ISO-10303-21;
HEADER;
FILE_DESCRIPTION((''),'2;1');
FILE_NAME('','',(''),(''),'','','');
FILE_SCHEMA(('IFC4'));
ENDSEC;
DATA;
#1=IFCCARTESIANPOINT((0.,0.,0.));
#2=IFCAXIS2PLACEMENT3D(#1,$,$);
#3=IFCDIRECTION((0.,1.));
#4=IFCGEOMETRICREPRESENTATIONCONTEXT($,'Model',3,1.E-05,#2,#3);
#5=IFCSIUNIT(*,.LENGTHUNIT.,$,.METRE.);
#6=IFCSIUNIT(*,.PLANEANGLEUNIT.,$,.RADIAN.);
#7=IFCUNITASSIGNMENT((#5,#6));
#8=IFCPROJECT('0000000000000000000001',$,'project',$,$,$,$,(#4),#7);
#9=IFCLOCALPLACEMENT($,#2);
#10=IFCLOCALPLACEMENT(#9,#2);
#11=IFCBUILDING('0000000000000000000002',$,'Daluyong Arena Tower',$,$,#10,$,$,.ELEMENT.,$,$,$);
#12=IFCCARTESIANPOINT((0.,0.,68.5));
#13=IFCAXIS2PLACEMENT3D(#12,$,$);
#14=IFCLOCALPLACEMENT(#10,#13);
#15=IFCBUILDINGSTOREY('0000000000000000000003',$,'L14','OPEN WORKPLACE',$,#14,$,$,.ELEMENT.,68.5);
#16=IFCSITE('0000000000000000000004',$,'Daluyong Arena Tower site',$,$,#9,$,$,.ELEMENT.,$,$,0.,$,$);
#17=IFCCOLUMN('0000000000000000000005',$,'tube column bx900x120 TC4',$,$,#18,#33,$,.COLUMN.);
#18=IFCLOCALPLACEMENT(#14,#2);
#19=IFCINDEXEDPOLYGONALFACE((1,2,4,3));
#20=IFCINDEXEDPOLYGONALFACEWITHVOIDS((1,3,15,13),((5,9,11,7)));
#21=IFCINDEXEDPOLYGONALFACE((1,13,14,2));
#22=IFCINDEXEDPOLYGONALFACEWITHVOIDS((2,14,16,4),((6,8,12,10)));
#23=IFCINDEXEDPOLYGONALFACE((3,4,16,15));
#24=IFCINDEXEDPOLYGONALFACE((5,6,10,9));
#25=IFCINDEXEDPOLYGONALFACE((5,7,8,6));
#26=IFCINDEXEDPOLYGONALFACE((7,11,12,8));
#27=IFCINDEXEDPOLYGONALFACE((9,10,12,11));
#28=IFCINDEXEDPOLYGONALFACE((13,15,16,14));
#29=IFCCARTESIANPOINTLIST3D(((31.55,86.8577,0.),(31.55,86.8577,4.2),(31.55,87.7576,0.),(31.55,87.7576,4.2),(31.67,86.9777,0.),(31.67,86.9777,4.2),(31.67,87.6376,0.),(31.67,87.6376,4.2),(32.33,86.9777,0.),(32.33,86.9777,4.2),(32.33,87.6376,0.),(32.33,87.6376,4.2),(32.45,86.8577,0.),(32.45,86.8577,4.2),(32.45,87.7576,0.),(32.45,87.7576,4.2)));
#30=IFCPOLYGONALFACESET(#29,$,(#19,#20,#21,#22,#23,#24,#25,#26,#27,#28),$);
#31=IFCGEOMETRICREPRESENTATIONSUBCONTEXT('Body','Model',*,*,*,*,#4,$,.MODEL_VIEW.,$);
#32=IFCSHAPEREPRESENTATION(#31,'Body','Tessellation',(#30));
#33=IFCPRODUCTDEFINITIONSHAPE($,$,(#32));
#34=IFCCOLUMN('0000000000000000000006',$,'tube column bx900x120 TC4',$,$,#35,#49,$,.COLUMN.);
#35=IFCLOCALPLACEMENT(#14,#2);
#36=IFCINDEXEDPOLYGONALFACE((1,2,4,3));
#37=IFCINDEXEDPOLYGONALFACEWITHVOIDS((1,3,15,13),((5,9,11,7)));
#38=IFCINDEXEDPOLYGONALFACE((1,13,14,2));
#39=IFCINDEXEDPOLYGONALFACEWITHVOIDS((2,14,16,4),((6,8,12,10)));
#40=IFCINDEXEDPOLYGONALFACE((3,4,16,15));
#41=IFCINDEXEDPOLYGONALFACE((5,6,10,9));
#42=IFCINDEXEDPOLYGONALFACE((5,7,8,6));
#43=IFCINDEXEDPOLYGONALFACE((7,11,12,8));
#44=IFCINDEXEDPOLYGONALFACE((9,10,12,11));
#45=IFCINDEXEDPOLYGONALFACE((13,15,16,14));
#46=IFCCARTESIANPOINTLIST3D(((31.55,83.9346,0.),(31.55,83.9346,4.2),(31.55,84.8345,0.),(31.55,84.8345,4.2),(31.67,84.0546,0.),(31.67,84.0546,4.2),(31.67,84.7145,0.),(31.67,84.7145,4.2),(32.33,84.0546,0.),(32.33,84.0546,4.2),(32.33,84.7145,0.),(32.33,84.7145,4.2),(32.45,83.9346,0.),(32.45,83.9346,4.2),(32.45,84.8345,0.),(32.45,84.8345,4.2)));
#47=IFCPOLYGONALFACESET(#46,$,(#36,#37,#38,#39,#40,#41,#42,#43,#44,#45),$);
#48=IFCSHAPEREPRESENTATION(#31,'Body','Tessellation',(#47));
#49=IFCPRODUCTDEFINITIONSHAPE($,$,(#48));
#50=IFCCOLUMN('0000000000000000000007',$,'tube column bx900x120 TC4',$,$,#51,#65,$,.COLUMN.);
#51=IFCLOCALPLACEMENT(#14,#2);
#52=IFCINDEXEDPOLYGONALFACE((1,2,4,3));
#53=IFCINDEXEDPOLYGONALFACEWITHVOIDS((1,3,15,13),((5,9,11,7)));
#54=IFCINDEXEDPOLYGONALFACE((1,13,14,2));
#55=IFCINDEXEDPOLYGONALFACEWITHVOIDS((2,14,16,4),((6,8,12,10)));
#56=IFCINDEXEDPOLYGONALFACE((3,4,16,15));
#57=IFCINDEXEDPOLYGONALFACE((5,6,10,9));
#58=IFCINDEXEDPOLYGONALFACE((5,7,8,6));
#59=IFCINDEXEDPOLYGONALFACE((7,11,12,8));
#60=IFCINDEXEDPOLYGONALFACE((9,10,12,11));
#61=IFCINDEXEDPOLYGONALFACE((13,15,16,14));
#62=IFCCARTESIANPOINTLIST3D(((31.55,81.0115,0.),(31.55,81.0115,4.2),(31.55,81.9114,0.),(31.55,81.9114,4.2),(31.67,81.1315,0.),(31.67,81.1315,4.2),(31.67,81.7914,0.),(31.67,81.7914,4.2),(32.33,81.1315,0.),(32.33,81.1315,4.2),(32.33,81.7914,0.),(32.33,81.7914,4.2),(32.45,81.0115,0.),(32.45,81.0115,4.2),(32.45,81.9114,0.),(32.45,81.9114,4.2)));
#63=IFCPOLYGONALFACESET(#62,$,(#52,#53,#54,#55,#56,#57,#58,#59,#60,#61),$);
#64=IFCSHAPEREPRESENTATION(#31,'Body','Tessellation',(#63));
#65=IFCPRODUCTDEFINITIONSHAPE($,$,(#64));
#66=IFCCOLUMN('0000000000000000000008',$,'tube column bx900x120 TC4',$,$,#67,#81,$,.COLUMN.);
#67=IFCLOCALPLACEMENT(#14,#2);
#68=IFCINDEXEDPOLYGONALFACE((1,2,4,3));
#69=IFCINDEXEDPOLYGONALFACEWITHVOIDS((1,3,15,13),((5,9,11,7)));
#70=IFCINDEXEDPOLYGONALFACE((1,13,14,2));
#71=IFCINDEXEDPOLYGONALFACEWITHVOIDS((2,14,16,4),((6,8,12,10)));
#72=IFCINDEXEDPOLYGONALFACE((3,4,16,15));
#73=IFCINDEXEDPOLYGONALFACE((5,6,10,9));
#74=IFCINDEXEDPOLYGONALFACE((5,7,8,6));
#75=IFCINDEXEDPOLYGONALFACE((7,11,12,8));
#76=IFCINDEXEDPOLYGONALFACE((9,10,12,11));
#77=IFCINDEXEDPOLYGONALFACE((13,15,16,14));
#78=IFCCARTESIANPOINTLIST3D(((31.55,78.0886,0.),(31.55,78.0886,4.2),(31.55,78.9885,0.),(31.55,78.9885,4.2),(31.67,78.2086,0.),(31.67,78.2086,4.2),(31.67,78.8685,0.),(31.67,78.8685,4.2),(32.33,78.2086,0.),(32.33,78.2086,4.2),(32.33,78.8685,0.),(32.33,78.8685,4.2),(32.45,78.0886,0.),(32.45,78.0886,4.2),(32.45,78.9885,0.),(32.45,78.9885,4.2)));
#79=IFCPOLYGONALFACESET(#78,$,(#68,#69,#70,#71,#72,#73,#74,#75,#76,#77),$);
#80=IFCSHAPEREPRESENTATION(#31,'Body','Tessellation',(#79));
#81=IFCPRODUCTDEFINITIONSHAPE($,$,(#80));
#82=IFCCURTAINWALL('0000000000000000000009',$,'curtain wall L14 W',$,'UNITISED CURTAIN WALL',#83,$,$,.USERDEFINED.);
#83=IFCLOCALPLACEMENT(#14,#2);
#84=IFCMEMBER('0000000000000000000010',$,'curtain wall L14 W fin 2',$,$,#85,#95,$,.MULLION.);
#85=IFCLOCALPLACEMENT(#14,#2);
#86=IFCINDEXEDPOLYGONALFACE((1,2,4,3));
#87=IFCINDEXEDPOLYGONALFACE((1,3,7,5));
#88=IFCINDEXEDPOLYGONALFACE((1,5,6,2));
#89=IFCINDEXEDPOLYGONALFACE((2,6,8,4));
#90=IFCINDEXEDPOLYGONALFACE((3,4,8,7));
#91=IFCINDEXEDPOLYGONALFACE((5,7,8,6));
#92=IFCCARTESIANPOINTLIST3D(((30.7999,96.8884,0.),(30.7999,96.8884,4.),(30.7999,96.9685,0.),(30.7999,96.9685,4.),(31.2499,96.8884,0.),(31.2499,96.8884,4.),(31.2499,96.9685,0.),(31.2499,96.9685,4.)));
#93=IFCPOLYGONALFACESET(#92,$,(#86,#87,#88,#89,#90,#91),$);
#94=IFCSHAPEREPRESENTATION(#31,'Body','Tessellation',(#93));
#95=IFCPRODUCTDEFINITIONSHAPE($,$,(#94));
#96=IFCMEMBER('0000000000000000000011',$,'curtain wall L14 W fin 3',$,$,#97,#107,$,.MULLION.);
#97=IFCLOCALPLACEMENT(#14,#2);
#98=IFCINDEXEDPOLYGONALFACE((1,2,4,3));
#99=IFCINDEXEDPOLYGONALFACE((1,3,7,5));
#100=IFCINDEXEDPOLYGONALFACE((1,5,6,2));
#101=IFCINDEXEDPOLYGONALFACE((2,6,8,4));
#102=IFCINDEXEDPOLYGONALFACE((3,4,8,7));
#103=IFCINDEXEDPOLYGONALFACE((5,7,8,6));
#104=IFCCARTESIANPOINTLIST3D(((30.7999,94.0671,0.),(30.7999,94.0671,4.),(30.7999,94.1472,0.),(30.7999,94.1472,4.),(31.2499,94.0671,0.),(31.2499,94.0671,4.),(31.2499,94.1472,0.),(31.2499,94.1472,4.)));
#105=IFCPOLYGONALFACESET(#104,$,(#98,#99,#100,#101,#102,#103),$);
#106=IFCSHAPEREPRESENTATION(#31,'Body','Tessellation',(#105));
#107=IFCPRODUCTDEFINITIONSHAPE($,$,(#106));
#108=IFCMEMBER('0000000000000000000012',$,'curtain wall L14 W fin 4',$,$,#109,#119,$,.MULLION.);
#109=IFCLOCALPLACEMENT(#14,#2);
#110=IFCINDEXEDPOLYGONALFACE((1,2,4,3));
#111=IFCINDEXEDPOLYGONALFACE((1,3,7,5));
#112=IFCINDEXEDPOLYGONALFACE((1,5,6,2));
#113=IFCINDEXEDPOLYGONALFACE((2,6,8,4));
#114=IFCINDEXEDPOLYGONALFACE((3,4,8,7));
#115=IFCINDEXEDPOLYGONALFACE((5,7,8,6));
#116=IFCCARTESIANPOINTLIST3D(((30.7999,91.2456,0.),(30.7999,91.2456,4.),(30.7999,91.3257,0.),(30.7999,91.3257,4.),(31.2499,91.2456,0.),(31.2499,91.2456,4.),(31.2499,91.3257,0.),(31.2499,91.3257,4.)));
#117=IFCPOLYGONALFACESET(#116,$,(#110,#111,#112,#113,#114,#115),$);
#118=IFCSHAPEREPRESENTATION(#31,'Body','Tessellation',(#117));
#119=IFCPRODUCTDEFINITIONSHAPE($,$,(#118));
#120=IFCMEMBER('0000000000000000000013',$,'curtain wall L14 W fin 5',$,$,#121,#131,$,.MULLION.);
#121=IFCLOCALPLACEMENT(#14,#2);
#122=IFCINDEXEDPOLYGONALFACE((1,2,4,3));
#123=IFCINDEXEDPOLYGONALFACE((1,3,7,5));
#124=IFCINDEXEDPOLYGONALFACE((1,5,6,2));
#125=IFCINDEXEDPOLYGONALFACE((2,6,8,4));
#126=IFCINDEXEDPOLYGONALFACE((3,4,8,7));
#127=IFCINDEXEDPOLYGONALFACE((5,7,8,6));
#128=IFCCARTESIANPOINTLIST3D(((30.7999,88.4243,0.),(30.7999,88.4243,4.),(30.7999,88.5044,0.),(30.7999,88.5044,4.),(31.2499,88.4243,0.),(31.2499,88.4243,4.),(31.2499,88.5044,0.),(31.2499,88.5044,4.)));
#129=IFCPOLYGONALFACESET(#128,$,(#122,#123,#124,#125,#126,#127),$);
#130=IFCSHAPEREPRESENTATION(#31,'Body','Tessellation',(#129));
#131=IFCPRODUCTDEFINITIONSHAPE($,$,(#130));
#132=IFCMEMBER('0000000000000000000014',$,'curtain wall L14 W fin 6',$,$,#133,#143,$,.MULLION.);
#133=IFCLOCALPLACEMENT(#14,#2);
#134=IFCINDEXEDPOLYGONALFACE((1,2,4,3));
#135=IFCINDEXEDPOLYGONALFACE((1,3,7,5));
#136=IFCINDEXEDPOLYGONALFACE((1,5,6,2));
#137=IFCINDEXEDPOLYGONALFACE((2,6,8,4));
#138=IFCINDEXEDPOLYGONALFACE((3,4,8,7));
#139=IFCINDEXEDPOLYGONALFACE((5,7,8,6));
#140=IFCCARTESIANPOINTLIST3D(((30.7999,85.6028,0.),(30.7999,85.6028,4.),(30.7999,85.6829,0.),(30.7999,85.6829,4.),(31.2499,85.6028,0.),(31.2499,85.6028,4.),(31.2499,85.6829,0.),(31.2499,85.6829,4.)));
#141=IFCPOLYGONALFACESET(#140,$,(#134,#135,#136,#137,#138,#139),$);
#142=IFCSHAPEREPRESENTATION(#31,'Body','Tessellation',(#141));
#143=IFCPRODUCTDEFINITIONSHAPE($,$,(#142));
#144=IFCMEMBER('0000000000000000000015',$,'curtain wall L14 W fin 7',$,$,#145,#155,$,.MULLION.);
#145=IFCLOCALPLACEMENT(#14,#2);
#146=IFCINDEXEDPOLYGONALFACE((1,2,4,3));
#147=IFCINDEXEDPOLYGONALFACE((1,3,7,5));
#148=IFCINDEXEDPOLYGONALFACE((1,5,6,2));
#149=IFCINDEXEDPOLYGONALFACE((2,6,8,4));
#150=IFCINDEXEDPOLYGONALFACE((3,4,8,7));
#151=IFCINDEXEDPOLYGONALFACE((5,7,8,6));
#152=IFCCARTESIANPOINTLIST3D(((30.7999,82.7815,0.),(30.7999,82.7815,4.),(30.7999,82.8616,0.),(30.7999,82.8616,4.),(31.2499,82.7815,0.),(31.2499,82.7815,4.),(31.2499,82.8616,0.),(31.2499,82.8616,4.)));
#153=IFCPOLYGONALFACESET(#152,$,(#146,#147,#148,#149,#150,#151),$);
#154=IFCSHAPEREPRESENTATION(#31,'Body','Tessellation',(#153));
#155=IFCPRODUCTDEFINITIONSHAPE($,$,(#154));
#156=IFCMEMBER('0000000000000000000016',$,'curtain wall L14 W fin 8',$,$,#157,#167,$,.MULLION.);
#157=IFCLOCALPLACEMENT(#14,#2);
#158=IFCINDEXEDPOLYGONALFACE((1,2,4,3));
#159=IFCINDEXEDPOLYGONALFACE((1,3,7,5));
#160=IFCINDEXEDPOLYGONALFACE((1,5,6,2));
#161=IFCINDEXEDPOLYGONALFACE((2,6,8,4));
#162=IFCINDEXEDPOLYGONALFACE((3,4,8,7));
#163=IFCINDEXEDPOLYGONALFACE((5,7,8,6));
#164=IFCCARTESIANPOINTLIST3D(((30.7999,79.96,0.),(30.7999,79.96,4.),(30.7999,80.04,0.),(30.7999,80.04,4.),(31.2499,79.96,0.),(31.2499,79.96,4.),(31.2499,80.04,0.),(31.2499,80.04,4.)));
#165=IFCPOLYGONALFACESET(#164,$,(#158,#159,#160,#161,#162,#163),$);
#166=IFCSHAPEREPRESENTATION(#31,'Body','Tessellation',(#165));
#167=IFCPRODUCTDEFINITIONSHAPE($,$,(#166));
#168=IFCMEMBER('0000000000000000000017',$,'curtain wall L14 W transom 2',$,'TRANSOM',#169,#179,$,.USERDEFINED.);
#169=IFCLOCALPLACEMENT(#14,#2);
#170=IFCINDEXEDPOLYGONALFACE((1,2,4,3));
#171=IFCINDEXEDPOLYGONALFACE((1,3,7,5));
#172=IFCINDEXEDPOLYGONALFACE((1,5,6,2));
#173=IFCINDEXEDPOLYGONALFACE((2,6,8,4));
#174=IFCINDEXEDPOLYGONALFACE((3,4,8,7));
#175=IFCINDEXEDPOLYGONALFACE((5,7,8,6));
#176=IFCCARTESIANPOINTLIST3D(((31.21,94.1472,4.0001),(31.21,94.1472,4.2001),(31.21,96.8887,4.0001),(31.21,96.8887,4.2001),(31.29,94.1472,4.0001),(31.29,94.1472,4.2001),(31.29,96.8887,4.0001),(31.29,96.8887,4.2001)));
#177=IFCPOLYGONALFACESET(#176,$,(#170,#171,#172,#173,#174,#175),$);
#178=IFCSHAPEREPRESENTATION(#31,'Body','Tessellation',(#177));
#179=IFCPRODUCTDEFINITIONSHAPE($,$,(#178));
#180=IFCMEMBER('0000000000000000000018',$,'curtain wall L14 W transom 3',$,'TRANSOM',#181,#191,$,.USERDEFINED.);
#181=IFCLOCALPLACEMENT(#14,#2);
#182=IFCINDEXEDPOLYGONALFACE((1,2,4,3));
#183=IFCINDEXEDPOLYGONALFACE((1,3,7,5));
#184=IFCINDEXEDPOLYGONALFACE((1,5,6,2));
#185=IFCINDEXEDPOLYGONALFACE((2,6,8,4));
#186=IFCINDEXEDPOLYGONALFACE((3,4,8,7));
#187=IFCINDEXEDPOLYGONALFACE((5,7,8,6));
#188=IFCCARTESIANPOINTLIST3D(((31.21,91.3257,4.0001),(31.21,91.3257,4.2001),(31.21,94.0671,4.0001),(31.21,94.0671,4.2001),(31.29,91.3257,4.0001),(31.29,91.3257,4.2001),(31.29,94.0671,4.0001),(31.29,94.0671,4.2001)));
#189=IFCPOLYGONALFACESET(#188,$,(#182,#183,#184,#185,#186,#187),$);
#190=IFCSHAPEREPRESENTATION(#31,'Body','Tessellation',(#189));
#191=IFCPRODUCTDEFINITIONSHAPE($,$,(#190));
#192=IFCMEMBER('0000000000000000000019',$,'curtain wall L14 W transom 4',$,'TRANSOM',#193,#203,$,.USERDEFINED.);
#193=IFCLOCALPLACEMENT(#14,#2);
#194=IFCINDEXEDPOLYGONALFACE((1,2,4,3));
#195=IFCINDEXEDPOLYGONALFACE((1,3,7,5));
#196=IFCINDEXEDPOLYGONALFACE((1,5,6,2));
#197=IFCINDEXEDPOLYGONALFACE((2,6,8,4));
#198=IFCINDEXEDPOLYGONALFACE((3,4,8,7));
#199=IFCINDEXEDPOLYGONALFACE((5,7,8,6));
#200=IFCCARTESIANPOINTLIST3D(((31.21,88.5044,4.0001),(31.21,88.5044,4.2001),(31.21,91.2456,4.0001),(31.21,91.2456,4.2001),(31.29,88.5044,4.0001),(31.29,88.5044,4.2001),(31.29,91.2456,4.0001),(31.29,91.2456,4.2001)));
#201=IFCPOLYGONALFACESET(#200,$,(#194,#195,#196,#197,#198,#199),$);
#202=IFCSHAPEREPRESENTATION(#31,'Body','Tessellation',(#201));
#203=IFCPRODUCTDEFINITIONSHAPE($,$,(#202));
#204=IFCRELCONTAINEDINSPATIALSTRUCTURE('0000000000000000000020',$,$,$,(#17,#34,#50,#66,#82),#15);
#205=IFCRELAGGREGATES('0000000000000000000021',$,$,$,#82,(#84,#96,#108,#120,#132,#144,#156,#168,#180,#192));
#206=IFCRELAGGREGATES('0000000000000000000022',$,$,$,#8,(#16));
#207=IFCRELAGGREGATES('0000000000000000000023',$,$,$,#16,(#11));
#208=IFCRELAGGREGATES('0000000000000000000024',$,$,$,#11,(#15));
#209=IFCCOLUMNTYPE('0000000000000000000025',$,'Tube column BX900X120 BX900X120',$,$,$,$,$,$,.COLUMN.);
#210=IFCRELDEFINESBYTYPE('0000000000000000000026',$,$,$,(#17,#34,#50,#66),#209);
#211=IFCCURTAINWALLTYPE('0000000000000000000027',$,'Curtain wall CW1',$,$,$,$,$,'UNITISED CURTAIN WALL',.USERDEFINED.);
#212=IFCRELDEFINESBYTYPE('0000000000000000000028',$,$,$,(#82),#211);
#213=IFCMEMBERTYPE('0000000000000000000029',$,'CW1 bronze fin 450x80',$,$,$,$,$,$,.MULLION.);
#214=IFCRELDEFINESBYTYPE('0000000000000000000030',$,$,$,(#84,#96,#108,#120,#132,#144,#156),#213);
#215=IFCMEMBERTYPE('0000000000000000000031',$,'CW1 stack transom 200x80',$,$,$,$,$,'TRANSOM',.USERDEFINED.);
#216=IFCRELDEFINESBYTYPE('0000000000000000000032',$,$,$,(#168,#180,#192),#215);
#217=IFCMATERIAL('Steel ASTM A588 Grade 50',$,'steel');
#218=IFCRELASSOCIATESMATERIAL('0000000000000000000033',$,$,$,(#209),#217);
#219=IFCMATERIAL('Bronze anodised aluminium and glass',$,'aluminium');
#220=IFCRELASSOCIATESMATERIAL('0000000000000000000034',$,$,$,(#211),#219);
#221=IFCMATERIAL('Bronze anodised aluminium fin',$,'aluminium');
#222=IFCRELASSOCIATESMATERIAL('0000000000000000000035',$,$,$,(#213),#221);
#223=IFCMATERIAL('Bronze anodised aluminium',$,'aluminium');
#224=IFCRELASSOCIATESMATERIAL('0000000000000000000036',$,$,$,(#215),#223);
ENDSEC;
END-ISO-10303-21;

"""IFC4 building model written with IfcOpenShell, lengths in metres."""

from ifc_helpers import new_model, si_unit, direction, frame, origin, origin_2d, place, context, subcontext, project, spatial, rectangle, hollow_rectangle, extrude, material, material_profile, profile_set, type_object, element, aggregate, save


model = new_model("IFC4")

# Units and contexts
model_context = context("Model", 3, precision=1e-05, world=origin(), true_north=direction((0.0, 1.0)))
body_context = subcontext(model_context, "Body", "Model", "MODEL_VIEW")
ifc_project = project(units=[si_unit("LENGTHUNIT", "METRE"), si_unit("PLANEANGLEUNIT", "RADIAN")], contexts=[model_context])

# Site, building, storey
site_placement = place(None, origin())
site = spatial("IfcSite", under=ifc_project, at=site_placement, Name="Daluyong Arena Tower site", CompositionType="ELEMENT", RefElevation=0.0)
building_placement = place(site_placement, origin())
building = spatial("IfcBuilding", under=site, at=building_placement, Name="Daluyong Arena Tower", CompositionType="ELEMENT")
storey_placement = place(building_placement, frame((0.0, 0.0, 68.5)))
storey = spatial("IfcBuildingStorey", under=building, at=storey_placement, Name="L14", Description="OPEN WORKPLACE", CompositionType="ELEMENT", Elevation=68.5)

# Columns
ifc_material_1 = material(Name="Steel ASTM A588 Grade 50", Category="steel")
ifc_material_profile_1 = material_profile(ifc_material_1, hollow_rectangle(XDim=0.8999, YDim=0.8999, WallThickness=0.12, at=origin_2d()))
ifc_profile_set_1 = profile_set([ifc_material_profile_1], Name="Steel ASTM A588 Grade 50")
column_type = type_object("IfcColumnType", Name="Tube column BX900X120 BX900X120", PredefinedType="COLUMN", material=ifc_profile_set_1)
for number, where, z_axis, x_axis, name in (
    (1, (32.0, 87.3076, 0.0), (0.0, 0.0, 1.0), (0.0, 1.0, 0.0), "tube column bx900x120 TC4"),
    (2, (32.0, 84.3845, 0.0), (0.0, 0.0, 1.0), (0.0, 1.0, 0.0), "tube column bx900x120 TC4"),
    (3, (32.0, 81.4614, 0.0), (0.0, 0.0, 1.0), (0.0, 1.0, 0.0), "tube column bx900x120 TC4"),
    (4, (32.0, 78.5386, 0.0), (0.0, 0.0, 1.0), (0.0, 1.0, 0.0), "tube column bx900x120 TC4"),
):
    element("IfcColumn", number, at=place(storey_placement, frame(where, z_axis=z_axis, x_axis=x_axis)), inside=storey, type_object=column_type, Name=name, PredefinedType="COLUMN", context=body_context, shape_type="SweptSolid", body=[
        extrude(hollow_rectangle(XDim=0.8999, YDim=0.8999, WallThickness=0.12, at=origin_2d()), origin(), (0.0, 0.0, 1.0), 4.2),
    ])

# Curtain wall, members
ifc_material_2 = material(Name="Bronze anodised aluminium and glass", Category="aluminium")
curtain_wall_type = type_object("IfcCurtainWallType", Name="Curtain wall CW1", ElementType="UNITISED CURTAIN WALL", PredefinedType="USERDEFINED", material=ifc_material_2)
curtain_wall_placement = place(storey_placement, origin())
curtain_wall = element("IfcCurtainWall", 5, at=curtain_wall_placement, inside=storey, type_object=curtain_wall_type, Name="curtain wall L14 W", ObjectType="UNITISED CURTAIN WALL", PredefinedType="USERDEFINED")
ifc_material_3 = material(Name="Bronze anodised aluminium fin", Category="aluminium")
ifc_material_profile_2 = material_profile(ifc_material_3, rectangle(XDim=0.45, YDim=0.0801, at=origin_2d()))
ifc_profile_set_2 = profile_set([ifc_material_profile_2], Name="Bronze anodised aluminium fin")
member_type_1 = type_object("IfcMemberType", Name="CW1 bronze fin 450x80", PredefinedType="MULLION", material=ifc_profile_set_2)
member_1_placement = place(storey_placement, frame((31.0249, 96.9285, 0.0), z_axis=(0.0, 0.0, 1.0), x_axis=(1.0, 0.0, 0.0)))
member_1 = element("IfcMember", 6, at=member_1_placement, type_object=member_type_1, Name="curtain wall L14 W fin 2", PredefinedType="MULLION", context=body_context, shape_type="SweptSolid", body=[
    extrude(rectangle(XDim=0.45, YDim=0.0801, at=origin_2d()), origin(), (0.0, 0.0, 1.0), 4.0),
])
member_2_placement = place(storey_placement, frame((31.0249, 94.1072, 0.0), z_axis=(0.0, 0.0, 1.0), x_axis=(1.0, 0.0, 0.0)))
member_2 = element("IfcMember", 7, at=member_2_placement, type_object=member_type_1, Name="curtain wall L14 W fin 3", PredefinedType="MULLION", context=body_context, shape_type="SweptSolid", body=[
    extrude(rectangle(XDim=0.45, YDim=0.0801, at=origin_2d()), origin(), (0.0, 0.0, 1.0), 4.0),
])
member_3_placement = place(storey_placement, frame((31.0249, 91.2856, 0.0), z_axis=(0.0, 0.0, 1.0), x_axis=(1.0, 0.0, 0.0)))
member_3 = element("IfcMember", 8, at=member_3_placement, type_object=member_type_1, Name="curtain wall L14 W fin 4", PredefinedType="MULLION", context=body_context, shape_type="SweptSolid", body=[
    extrude(rectangle(XDim=0.45, YDim=0.0801, at=origin_2d()), origin(), (0.0, 0.0, 1.0), 4.0),
])
member_4_placement = place(storey_placement, frame((31.0249, 88.4644, 0.0), z_axis=(0.0, 0.0, 1.0), x_axis=(1.0, 0.0, 0.0)))
member_4 = element("IfcMember", 9, at=member_4_placement, type_object=member_type_1, Name="curtain wall L14 W fin 5", PredefinedType="MULLION", context=body_context, shape_type="SweptSolid", body=[
    extrude(rectangle(XDim=0.45, YDim=0.0801, at=origin_2d()), origin(), (0.0, 0.0, 1.0), 4.0),
])
member_5_placement = place(storey_placement, frame((31.0249, 85.6428, 0.0), z_axis=(0.0, 0.0, 1.0), x_axis=(1.0, 0.0, 0.0)))
member_5 = element("IfcMember", 10, at=member_5_placement, type_object=member_type_1, Name="curtain wall L14 W fin 6", PredefinedType="MULLION", context=body_context, shape_type="SweptSolid", body=[
    extrude(rectangle(XDim=0.45, YDim=0.0801, at=origin_2d()), origin(), (0.0, 0.0, 1.0), 4.0),
])
member_6_placement = place(storey_placement, frame((31.0249, 82.8215, 0.0), z_axis=(0.0, 0.0, 1.0), x_axis=(1.0, 0.0, 0.0)))
member_6 = element("IfcMember", 11, at=member_6_placement, type_object=member_type_1, Name="curtain wall L14 W fin 7", PredefinedType="MULLION", context=body_context, shape_type="SweptSolid", body=[
    extrude(rectangle(XDim=0.45, YDim=0.0801, at=origin_2d()), origin(), (0.0, 0.0, 1.0), 4.0),
])
member_7_placement = place(storey_placement, frame((31.0249, 80.0, 0.0), z_axis=(0.0, 0.0, 1.0), x_axis=(1.0, 0.0, 0.0)))
member_7 = element("IfcMember", 12, at=member_7_placement, type_object=member_type_1, Name="curtain wall L14 W fin 8", PredefinedType="MULLION", context=body_context, shape_type="SweptSolid", body=[
    extrude(rectangle(XDim=0.45, YDim=0.0801, at=origin_2d()), origin(), (0.0, 0.0, 1.0), 4.0),
])
ifc_material_4 = material(Name="Bronze anodised aluminium", Category="aluminium")
ifc_material_profile_3 = material_profile(ifc_material_4, rectangle(XDim=0.0801, YDim=0.2, at=origin_2d()))
ifc_profile_set_3 = profile_set([ifc_material_profile_3], Name="Bronze anodised aluminium")
member_type_2 = type_object("IfcMemberType", Name="CW1 stack transom 200x80", ElementType="TRANSOM", PredefinedType="USERDEFINED", material=ifc_profile_set_3)
member_8_placement = place(storey_placement, frame((31.25, 96.8887, 4.1001), z_axis=(0.0, -1.0, 0.0), x_axis=(1.0, 0.0, 0.0)))
member_8 = element("IfcMember", 13, at=member_8_placement, type_object=member_type_2, Name="curtain wall L14 W transom 2", ObjectType="TRANSOM", PredefinedType="USERDEFINED", context=body_context, shape_type="SweptSolid", body=[
    extrude(rectangle(XDim=0.0801, YDim=0.2, at=origin_2d()), origin(), (0.0, 0.0, 1.0), 2.7415),
])
member_9_placement = place(storey_placement, frame((31.25, 94.0671, 4.1001), z_axis=(0.0, -1.0, 0.0), x_axis=(1.0, 0.0, 0.0)))
member_9 = element("IfcMember", 14, at=member_9_placement, type_object=member_type_2, Name="curtain wall L14 W transom 3", ObjectType="TRANSOM", PredefinedType="USERDEFINED", context=body_context, shape_type="SweptSolid", body=[
    extrude(rectangle(XDim=0.0801, YDim=0.2, at=origin_2d()), origin(), (0.0, 0.0, 1.0), 2.7415),
])
member_10_placement = place(storey_placement, frame((31.25, 91.2456, 4.1001), z_axis=(0.0, -1.0, 0.0), x_axis=(1.0, 0.0, 0.0)))
member_10 = element("IfcMember", 15, at=member_10_placement, type_object=member_type_2, Name="curtain wall L14 W transom 4", ObjectType="TRANSOM", PredefinedType="USERDEFINED", context=body_context, shape_type="SweptSolid", body=[
    extrude(rectangle(XDim=0.0801, YDim=0.2, at=origin_2d()), origin(), (0.0, 0.0, 1.0), 2.7412),
])

aggregate(curtain_wall, [member_1, member_2, member_3, member_4, member_5, member_6, member_7, member_8, member_9, member_10])

save(model, "model.ifc")
